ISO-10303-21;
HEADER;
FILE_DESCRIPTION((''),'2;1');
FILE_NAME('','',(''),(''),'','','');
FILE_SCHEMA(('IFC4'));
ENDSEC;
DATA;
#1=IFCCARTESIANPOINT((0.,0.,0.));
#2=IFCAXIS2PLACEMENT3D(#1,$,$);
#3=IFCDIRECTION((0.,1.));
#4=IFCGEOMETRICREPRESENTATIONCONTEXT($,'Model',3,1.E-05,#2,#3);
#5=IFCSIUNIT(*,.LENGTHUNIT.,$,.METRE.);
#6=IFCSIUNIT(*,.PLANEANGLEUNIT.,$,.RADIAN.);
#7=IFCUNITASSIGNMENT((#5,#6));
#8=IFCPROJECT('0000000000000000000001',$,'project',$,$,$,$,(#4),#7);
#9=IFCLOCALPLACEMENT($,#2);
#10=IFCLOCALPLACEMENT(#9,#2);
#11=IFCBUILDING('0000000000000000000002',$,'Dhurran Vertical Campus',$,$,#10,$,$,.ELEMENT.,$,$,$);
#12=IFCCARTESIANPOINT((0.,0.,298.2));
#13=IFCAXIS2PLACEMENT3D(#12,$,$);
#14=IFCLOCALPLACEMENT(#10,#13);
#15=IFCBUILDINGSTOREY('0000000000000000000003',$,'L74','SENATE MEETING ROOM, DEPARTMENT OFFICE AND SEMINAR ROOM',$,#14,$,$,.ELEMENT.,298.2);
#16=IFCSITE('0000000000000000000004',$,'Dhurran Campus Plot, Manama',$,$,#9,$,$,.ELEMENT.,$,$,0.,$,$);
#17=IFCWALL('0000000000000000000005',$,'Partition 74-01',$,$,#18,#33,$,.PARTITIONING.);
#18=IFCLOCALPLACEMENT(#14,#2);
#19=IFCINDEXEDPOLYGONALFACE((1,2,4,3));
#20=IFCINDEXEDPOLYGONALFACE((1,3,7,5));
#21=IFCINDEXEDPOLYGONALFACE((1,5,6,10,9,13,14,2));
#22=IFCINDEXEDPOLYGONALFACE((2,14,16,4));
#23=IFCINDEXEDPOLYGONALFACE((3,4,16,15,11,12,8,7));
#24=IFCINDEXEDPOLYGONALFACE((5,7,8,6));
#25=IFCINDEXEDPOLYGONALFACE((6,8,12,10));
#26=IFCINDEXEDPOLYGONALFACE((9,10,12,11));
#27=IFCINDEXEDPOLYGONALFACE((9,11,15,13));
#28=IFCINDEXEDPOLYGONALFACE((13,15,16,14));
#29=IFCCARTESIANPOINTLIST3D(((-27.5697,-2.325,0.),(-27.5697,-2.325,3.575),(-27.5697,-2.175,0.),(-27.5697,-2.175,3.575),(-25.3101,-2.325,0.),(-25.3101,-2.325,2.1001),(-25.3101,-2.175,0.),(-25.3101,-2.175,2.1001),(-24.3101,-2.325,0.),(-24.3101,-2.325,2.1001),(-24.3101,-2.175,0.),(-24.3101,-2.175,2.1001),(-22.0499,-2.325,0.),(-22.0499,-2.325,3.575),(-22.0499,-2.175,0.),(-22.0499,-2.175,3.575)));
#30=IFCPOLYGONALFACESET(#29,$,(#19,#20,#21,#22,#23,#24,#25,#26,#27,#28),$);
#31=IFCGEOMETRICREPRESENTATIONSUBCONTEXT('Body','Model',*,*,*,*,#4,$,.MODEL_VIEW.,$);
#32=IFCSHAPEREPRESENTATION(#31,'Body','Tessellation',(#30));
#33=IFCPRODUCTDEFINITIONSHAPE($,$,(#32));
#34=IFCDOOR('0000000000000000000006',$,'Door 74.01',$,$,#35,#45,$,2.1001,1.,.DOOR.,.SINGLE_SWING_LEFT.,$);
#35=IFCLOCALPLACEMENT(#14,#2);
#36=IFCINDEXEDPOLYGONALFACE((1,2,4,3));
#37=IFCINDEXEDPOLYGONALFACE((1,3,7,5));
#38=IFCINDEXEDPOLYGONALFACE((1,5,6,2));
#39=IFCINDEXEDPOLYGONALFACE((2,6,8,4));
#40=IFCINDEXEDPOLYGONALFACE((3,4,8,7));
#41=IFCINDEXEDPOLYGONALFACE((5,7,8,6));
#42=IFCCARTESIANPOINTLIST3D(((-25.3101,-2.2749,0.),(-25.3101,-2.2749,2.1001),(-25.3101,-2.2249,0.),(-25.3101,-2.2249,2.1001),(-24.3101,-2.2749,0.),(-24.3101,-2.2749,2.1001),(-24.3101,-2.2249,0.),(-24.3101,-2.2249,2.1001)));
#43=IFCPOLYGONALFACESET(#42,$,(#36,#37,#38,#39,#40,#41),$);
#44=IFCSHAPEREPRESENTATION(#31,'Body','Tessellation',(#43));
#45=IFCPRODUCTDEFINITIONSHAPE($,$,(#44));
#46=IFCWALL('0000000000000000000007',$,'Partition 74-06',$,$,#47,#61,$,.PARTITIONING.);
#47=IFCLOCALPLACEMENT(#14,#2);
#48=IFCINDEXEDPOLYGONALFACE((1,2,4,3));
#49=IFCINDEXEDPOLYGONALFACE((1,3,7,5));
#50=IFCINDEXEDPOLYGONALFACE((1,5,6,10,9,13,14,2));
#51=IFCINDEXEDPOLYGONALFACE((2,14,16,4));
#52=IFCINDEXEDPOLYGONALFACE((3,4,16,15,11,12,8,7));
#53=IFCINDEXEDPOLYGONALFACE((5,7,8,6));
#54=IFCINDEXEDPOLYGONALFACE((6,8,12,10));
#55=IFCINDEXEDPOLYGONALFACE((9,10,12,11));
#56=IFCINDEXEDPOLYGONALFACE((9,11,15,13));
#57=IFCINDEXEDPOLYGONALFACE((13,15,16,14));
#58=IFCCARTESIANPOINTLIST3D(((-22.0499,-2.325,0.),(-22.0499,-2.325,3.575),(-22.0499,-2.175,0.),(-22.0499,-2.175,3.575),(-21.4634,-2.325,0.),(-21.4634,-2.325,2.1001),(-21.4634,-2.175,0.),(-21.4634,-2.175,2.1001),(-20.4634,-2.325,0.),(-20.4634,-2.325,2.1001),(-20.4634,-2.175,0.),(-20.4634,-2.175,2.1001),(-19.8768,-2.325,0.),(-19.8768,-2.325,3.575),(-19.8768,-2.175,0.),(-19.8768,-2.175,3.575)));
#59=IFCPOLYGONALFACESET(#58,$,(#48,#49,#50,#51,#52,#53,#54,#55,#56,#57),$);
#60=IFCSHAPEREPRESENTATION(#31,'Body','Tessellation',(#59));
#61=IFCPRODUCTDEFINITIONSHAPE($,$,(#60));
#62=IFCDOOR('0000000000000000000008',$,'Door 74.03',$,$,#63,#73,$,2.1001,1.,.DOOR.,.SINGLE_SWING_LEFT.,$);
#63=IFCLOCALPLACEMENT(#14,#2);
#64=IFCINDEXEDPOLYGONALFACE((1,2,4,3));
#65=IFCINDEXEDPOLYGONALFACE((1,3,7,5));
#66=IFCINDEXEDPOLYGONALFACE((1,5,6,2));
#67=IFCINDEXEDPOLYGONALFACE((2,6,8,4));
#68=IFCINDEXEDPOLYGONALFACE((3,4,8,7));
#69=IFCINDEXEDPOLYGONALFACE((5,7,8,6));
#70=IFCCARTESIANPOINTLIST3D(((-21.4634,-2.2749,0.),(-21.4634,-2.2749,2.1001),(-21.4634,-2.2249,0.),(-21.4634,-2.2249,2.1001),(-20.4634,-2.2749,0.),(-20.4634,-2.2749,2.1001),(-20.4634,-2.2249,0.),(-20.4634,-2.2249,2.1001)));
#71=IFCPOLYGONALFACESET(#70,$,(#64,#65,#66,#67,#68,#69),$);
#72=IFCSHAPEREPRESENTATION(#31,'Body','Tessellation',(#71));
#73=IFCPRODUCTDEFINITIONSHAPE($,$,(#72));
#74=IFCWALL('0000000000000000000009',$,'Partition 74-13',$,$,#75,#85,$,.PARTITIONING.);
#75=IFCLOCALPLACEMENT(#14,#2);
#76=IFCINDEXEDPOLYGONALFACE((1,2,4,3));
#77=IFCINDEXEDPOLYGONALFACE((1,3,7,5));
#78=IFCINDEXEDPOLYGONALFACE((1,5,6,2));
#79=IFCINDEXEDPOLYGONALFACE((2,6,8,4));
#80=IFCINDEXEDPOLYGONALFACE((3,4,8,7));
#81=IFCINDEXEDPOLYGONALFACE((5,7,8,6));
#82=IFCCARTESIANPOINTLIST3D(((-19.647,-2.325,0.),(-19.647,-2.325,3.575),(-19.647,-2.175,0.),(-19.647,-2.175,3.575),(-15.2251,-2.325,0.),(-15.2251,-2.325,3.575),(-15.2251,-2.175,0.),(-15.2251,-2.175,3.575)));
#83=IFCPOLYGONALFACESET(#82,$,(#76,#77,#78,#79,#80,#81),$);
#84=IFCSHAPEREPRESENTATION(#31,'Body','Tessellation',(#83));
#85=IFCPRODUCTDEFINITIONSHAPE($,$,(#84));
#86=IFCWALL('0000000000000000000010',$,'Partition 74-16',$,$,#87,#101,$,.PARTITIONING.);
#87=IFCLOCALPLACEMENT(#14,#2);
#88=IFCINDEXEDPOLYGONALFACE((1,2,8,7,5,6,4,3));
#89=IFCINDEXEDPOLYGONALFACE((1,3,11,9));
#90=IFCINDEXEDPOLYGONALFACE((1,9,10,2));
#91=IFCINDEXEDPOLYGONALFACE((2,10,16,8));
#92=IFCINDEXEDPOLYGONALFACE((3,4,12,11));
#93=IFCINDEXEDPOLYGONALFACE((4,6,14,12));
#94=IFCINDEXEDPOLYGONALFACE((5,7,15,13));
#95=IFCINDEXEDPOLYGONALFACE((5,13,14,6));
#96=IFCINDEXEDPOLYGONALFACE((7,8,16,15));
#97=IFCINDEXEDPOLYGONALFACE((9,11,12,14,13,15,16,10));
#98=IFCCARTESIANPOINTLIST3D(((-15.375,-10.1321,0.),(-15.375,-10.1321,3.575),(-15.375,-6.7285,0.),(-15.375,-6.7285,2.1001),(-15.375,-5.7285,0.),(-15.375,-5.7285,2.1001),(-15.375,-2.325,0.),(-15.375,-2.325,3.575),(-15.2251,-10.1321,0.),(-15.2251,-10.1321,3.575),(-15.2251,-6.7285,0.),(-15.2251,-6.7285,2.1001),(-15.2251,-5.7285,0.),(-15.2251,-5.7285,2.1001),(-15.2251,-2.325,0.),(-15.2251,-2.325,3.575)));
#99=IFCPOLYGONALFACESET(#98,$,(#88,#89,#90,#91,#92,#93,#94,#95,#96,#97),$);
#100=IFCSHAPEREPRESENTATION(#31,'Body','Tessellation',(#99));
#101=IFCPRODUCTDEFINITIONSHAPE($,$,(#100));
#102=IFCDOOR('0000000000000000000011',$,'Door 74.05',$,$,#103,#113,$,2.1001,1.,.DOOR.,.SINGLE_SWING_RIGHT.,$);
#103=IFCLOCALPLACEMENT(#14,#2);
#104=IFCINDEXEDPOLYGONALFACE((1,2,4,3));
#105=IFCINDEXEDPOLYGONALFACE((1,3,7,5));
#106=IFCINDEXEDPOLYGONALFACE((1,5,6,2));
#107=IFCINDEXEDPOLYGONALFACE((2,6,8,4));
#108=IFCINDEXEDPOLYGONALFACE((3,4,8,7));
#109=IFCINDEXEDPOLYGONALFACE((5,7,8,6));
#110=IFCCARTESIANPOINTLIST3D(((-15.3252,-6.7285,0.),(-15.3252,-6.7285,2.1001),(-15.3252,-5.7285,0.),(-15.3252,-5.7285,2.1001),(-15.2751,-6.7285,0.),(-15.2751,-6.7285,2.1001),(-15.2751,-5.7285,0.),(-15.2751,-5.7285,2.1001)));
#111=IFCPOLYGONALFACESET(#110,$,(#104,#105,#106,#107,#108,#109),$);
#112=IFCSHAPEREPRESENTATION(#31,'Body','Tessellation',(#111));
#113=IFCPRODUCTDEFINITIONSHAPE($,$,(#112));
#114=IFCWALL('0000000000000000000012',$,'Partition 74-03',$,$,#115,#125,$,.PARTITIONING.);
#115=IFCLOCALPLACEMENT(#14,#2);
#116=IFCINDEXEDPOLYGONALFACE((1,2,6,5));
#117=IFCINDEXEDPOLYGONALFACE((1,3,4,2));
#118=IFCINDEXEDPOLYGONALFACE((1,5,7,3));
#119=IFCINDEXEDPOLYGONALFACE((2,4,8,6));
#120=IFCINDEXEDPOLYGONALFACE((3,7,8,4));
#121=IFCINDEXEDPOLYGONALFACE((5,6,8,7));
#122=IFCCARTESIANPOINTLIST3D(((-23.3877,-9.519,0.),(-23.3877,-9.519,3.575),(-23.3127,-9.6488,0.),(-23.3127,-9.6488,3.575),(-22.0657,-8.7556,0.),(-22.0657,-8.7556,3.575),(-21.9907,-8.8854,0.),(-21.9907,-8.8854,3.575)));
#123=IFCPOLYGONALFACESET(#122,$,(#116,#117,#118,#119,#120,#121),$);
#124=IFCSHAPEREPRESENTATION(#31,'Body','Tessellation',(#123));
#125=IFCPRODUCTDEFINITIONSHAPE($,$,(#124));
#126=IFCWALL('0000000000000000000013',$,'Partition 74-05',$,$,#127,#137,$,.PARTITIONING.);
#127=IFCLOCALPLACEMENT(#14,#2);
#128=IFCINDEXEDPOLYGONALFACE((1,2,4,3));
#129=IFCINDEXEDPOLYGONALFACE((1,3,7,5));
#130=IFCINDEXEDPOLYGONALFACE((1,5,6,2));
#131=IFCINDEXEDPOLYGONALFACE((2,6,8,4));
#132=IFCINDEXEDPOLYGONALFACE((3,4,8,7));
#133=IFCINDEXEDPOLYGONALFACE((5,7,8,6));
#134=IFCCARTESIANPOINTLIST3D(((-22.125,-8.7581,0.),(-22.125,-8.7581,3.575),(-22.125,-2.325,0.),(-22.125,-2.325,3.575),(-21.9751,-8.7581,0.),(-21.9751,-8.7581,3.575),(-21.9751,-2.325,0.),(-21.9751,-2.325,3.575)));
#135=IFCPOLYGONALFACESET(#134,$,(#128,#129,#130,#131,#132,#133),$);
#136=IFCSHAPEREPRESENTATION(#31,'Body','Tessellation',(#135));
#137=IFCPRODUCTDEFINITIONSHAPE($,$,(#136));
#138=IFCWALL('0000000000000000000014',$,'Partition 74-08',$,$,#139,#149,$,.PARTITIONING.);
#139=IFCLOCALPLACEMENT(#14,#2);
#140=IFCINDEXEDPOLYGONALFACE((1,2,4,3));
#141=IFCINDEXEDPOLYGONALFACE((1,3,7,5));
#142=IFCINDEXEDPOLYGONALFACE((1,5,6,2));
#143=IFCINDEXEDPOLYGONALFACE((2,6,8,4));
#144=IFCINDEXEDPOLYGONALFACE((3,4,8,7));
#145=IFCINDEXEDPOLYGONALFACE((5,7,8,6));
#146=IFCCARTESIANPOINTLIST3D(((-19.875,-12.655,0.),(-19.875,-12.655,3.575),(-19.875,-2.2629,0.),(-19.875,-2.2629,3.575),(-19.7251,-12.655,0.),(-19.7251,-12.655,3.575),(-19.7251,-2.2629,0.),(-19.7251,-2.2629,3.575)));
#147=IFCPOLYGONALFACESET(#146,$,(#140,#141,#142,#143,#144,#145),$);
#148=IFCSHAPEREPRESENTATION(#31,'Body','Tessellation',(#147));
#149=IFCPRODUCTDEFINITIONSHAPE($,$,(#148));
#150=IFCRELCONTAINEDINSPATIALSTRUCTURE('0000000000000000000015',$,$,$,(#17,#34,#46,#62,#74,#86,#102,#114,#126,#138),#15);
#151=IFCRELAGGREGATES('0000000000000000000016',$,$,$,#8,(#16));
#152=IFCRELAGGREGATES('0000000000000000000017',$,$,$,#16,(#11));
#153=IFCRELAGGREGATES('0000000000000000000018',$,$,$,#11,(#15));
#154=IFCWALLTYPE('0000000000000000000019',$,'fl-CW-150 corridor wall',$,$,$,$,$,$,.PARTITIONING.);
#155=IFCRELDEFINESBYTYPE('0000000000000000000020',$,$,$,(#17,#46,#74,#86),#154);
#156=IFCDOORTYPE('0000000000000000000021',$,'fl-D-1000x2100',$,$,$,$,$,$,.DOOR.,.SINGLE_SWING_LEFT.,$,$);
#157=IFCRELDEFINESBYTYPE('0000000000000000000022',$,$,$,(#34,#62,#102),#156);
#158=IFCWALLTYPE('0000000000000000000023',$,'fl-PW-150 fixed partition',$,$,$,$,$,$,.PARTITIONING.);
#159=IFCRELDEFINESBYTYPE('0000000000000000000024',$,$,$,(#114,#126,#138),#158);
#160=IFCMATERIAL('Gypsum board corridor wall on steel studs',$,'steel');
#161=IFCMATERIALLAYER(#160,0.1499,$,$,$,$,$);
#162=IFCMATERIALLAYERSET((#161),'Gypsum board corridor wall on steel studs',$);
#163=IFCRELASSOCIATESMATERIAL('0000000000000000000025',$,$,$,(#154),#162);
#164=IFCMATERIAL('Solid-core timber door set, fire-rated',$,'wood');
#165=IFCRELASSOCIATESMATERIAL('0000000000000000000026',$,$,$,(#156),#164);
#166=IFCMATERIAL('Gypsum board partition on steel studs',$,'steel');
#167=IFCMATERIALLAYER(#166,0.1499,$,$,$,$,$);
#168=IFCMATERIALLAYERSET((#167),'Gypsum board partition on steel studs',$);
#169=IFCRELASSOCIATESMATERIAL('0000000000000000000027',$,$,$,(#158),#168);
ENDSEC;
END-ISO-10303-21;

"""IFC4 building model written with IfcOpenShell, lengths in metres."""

from ifc_helpers import new_model, si_unit, direction, frame, frame_2d, origin, place, context, subcontext, project, spatial, rectangle, extrude, material, layer, layer_set, type_object, element, fill, save


model = new_model("IFC4")

# Units and contexts
model_context = context("Model", 3, precision=1e-05, world=origin(), true_north=direction((0.0, 1.0)))
body_context = subcontext(model_context, "Body", "Model", "MODEL_VIEW")
ifc_project = project(units=[si_unit("LENGTHUNIT", "METRE"), si_unit("PLANEANGLEUNIT", "RADIAN")], contexts=[model_context])

# Site, building, storey
site_placement = place(None, origin())
site = spatial("IfcSite", under=ifc_project, at=site_placement, Name="Dhurran Campus Plot, Manama", CompositionType="ELEMENT", RefElevation=0.0)
building_placement = place(site_placement, origin())
building = spatial("IfcBuilding", under=site, at=building_placement, Name="Dhurran Vertical Campus", CompositionType="ELEMENT")
storey_placement = place(building_placement, frame((0.0, 0.0, 298.2)))
storey = spatial("IfcBuildingStorey", under=building, at=storey_placement, Name="L74", Description="SENATE MEETING ROOM, DEPARTMENT OFFICE AND SEMINAR ROOM", CompositionType="ELEMENT", Elevation=298.2)

# Walls, openings, doors
ifc_material_1 = material(Name="Gypsum board corridor wall on steel studs", Category="steel")
ifc_layer_1 = layer(ifc_material_1, 0.1499)
ifc_layer_set_1 = layer_set([ifc_layer_1], Name="Gypsum board corridor wall on steel studs")
wall_type_1 = type_object("IfcWallType", Name="fl-CW-150 corridor wall", PredefinedType="PARTITIONING", material=ifc_layer_set_1)
wall_1_placement = place(storey_placement, frame((-22.05, -2.25, 0.0), z_axis=(0.0, 0.0, 1.0), x_axis=(-1.0, 0.0, 0.0)))
wall_1 = element("IfcWall", 1, at=wall_1_placement, inside=storey, type_object=wall_type_1, Name="Partition 74-01", PredefinedType="PARTITIONING", context=body_context, shape_type="SweptSolid", body=[
    extrude(rectangle(XDim=5.5198, YDim=0.1499, at=frame_2d((2.7598, 0.0))), origin(), (0.0, 0.0, 1.0), 3.575),
])
opening_1_placement = place(wall_1_placement, frame((2.26, 0.0, 0.0)))
opening_1 = element("IfcOpeningElement", 2, at=opening_1_placement, cuts=wall_1, PredefinedType="OPENING", context=body_context, shape_type="SweptSolid", body=[
    extrude(rectangle(XDim=1.0, YDim=2.1001, at=frame_2d((0.5, 1.05))), frame((0.0, 0.085, 0.0), z_axis=(0.0, -1.0, 0.0), x_axis=(1.0, 0.0, 0.0)), (0.0, 0.0, 1.0), 0.1699),
])
ifc_material_2 = material(Name="Solid-core timber door set, fire-rated", Category="wood")
door_type_1 = type_object("IfcDoorType", Name="fl-D-1000x2100", OperationType="SINGLE_SWING_LEFT", PredefinedType="DOOR", material=ifc_material_2)
door_1_placement = place(opening_1_placement, origin())
door_1 = element("IfcDoor", 3, at=door_1_placement, inside=storey, type_object=door_type_1, Name="Door 74.01", OperationType="SINGLE_SWING_LEFT", OverallHeight=2.1001, OverallWidth=1.0, PredefinedType="DOOR", context=body_context, shape_type="SweptSolid", body=[
    extrude(rectangle(XDim=1.0, YDim=2.1001, at=frame_2d((0.5, 1.05))), frame((0.0, 0.0249, 0.0), z_axis=(0.0, -1.0, 0.0), x_axis=(1.0, 0.0, 0.0)), (0.0, 0.0, 1.0), 0.05),
])
fill(opening_1, door_1)
wall_2_placement = place(storey_placement, frame((-19.877, -2.25, 0.0), z_axis=(0.0, 0.0, 1.0), x_axis=(-1.0, 0.0, 0.0)))
wall_2 = element("IfcWall", 4, at=wall_2_placement, inside=storey, type_object=wall_type_1, Name="Partition 74-06", PredefinedType="PARTITIONING", context=body_context, shape_type="SweptSolid", body=[
    extrude(rectangle(XDim=2.1731, YDim=0.1499, at=frame_2d((1.0864, 0.0))), origin(), (0.0, 0.0, 1.0), 3.575),
])
opening_2_placement = place(wall_2_placement, frame((0.5864, 0.0, 0.0)))
opening_2 = element("IfcOpeningElement", 5, at=opening_2_placement, cuts=wall_2, PredefinedType="OPENING", context=body_context, shape_type="SweptSolid", body=[
    extrude(rectangle(XDim=1.0, YDim=2.1001, at=frame_2d((0.5, 1.05))), frame((0.0, 0.085, 0.0), z_axis=(0.0, -1.0, 0.0), x_axis=(1.0, 0.0, 0.0)), (0.0, 0.0, 1.0), 0.1699),
])
door_2_placement = place(opening_2_placement, origin())
door_2 = element("IfcDoor", 6, at=door_2_placement, inside=storey, type_object=door_type_1, Name="Door 74.03", OperationType="SINGLE_SWING_LEFT", OverallHeight=2.1001, OverallWidth=1.0, PredefinedType="DOOR", context=body_context, shape_type="SweptSolid", body=[
    extrude(rectangle(XDim=1.0, YDim=2.1001, at=frame_2d((0.5, 1.05))), frame((0.0, 0.0249, 0.0), z_axis=(0.0, -1.0, 0.0), x_axis=(1.0, 0.0, 0.0)), (0.0, 0.0, 1.0), 0.05),
])
fill(opening_2, door_2)

# Wall
wall_3_placement = place(storey_placement, frame((-15.2251, -2.25, 0.0), z_axis=(0.0, 0.0, 1.0), x_axis=(-1.0, 0.0, 0.0)))
element("IfcWall", 7, at=wall_3_placement, inside=storey, type_object=wall_type_1, Name="Partition 74-13", PredefinedType="PARTITIONING", context=body_context, shape_type="SweptSolid", body=[
    extrude(rectangle(XDim=4.4219, YDim=0.1499, at=frame_2d((2.2109, 0.0))), origin(), (0.0, 0.0, 1.0), 3.575),
])

# Wall, opening, door
wall_4_placement = place(storey_placement, frame((-15.3, -2.325, 0.0), z_axis=(0.0, 0.0, 1.0), x_axis=(0.0, -1.0, 0.0)))
wall_4 = element("IfcWall", 8, at=wall_4_placement, inside=storey, type_object=wall_type_1, Name="Partition 74-16", PredefinedType="PARTITIONING", context=body_context, shape_type="SweptSolid", body=[
    extrude(rectangle(XDim=7.8071, YDim=0.1499, at=frame_2d((3.9036, 0.0))), origin(), (0.0, 0.0, 1.0), 3.575),
])
opening_3_placement = place(wall_4_placement, frame((3.4036, 0.0, 0.0)))
opening_3 = element("IfcOpeningElement", 9, at=opening_3_placement, cuts=wall_4, PredefinedType="OPENING", context=body_context, shape_type="SweptSolid", body=[
    extrude(rectangle(XDim=1.0, YDim=2.1001, at=frame_2d((0.5, 1.05))), frame((0.0, 0.085, 0.0), z_axis=(0.0, -1.0, 0.0), x_axis=(1.0, 0.0, 0.0)), (0.0, 0.0, 1.0), 0.1699),
])
door_3_placement = place(opening_3_placement, origin())
door_3 = element("IfcDoor", 10, at=door_3_placement, inside=storey, type_object=door_type_1, Name="Door 74.05", OperationType="SINGLE_SWING_RIGHT", OverallHeight=2.1001, OverallWidth=1.0, PredefinedType="DOOR", context=body_context, shape_type="SweptSolid", body=[
    extrude(rectangle(XDim=1.0, YDim=2.1001, at=frame_2d((0.5, 1.05))), frame((0.0, 0.0249, 0.0), z_axis=(0.0, -1.0, 0.0), x_axis=(1.0, 0.0, 0.0)), (0.0, 0.0, 1.0), 0.05),
])
fill(opening_3, door_3)

# Walls
ifc_material_3 = material(Name="Gypsum board partition on steel studs", Category="steel")
ifc_layer_2 = layer(ifc_material_3, 0.1499)
ifc_layer_set_2 = layer_set([ifc_layer_2], Name="Gypsum board partition on steel studs")
wall_type_2 = type_object("IfcWallType", Name="fl-PW-150 fixed partition", PredefinedType="PARTITIONING", material=ifc_layer_set_2)
wall_5_placement = place(storey_placement, frame((-22.0283, -8.8206, 0.0), z_axis=(0.0, 0.0, 1.0), x_axis=(-0.865981, -0.500078, 0.0)))
element("IfcWall", 11, at=wall_5_placement, inside=storey, type_object=wall_type_2, Name="Partition 74-03", PredefinedType="PARTITIONING", context=body_context, shape_type="SweptSolid", body=[
    extrude(rectangle(XDim=1.5266, YDim=0.1499, at=frame_2d((0.7632, 0.0))), origin(), (0.0, 0.0, 1.0), 3.575),
])
wall_6_placement = place(storey_placement, frame((-22.05, -2.325, 0.0), z_axis=(0.0, 0.0, 1.0), x_axis=(0.0, -1.0, 0.0)))
element("IfcWall", 12, at=wall_6_placement, inside=storey, type_object=wall_type_2, Name="Partition 74-05", PredefinedType="PARTITIONING", context=body_context, shape_type="SweptSolid", body=[
    extrude(rectangle(XDim=6.4331, YDim=0.1499, at=frame_2d((3.2166, 0.0))), origin(), (0.0, 0.0, 1.0), 3.575),
])
wall_7_placement = place(storey_placement, frame((-19.8, -2.2629, 0.0), z_axis=(0.0, 0.0, 1.0), x_axis=(0.0, -1.0, 0.0)))
element("IfcWall", 13, at=wall_7_placement, inside=storey, type_object=wall_type_2, Name="Partition 74-08", PredefinedType="PARTITIONING", context=body_context, shape_type="SweptSolid", body=[
    extrude(rectangle(XDim=10.3921, YDim=0.1499, at=frame_2d((5.196, 0.0))), origin(), (0.0, 0.0, 1.0), 3.575),
])

save(model, "model.ifc")
